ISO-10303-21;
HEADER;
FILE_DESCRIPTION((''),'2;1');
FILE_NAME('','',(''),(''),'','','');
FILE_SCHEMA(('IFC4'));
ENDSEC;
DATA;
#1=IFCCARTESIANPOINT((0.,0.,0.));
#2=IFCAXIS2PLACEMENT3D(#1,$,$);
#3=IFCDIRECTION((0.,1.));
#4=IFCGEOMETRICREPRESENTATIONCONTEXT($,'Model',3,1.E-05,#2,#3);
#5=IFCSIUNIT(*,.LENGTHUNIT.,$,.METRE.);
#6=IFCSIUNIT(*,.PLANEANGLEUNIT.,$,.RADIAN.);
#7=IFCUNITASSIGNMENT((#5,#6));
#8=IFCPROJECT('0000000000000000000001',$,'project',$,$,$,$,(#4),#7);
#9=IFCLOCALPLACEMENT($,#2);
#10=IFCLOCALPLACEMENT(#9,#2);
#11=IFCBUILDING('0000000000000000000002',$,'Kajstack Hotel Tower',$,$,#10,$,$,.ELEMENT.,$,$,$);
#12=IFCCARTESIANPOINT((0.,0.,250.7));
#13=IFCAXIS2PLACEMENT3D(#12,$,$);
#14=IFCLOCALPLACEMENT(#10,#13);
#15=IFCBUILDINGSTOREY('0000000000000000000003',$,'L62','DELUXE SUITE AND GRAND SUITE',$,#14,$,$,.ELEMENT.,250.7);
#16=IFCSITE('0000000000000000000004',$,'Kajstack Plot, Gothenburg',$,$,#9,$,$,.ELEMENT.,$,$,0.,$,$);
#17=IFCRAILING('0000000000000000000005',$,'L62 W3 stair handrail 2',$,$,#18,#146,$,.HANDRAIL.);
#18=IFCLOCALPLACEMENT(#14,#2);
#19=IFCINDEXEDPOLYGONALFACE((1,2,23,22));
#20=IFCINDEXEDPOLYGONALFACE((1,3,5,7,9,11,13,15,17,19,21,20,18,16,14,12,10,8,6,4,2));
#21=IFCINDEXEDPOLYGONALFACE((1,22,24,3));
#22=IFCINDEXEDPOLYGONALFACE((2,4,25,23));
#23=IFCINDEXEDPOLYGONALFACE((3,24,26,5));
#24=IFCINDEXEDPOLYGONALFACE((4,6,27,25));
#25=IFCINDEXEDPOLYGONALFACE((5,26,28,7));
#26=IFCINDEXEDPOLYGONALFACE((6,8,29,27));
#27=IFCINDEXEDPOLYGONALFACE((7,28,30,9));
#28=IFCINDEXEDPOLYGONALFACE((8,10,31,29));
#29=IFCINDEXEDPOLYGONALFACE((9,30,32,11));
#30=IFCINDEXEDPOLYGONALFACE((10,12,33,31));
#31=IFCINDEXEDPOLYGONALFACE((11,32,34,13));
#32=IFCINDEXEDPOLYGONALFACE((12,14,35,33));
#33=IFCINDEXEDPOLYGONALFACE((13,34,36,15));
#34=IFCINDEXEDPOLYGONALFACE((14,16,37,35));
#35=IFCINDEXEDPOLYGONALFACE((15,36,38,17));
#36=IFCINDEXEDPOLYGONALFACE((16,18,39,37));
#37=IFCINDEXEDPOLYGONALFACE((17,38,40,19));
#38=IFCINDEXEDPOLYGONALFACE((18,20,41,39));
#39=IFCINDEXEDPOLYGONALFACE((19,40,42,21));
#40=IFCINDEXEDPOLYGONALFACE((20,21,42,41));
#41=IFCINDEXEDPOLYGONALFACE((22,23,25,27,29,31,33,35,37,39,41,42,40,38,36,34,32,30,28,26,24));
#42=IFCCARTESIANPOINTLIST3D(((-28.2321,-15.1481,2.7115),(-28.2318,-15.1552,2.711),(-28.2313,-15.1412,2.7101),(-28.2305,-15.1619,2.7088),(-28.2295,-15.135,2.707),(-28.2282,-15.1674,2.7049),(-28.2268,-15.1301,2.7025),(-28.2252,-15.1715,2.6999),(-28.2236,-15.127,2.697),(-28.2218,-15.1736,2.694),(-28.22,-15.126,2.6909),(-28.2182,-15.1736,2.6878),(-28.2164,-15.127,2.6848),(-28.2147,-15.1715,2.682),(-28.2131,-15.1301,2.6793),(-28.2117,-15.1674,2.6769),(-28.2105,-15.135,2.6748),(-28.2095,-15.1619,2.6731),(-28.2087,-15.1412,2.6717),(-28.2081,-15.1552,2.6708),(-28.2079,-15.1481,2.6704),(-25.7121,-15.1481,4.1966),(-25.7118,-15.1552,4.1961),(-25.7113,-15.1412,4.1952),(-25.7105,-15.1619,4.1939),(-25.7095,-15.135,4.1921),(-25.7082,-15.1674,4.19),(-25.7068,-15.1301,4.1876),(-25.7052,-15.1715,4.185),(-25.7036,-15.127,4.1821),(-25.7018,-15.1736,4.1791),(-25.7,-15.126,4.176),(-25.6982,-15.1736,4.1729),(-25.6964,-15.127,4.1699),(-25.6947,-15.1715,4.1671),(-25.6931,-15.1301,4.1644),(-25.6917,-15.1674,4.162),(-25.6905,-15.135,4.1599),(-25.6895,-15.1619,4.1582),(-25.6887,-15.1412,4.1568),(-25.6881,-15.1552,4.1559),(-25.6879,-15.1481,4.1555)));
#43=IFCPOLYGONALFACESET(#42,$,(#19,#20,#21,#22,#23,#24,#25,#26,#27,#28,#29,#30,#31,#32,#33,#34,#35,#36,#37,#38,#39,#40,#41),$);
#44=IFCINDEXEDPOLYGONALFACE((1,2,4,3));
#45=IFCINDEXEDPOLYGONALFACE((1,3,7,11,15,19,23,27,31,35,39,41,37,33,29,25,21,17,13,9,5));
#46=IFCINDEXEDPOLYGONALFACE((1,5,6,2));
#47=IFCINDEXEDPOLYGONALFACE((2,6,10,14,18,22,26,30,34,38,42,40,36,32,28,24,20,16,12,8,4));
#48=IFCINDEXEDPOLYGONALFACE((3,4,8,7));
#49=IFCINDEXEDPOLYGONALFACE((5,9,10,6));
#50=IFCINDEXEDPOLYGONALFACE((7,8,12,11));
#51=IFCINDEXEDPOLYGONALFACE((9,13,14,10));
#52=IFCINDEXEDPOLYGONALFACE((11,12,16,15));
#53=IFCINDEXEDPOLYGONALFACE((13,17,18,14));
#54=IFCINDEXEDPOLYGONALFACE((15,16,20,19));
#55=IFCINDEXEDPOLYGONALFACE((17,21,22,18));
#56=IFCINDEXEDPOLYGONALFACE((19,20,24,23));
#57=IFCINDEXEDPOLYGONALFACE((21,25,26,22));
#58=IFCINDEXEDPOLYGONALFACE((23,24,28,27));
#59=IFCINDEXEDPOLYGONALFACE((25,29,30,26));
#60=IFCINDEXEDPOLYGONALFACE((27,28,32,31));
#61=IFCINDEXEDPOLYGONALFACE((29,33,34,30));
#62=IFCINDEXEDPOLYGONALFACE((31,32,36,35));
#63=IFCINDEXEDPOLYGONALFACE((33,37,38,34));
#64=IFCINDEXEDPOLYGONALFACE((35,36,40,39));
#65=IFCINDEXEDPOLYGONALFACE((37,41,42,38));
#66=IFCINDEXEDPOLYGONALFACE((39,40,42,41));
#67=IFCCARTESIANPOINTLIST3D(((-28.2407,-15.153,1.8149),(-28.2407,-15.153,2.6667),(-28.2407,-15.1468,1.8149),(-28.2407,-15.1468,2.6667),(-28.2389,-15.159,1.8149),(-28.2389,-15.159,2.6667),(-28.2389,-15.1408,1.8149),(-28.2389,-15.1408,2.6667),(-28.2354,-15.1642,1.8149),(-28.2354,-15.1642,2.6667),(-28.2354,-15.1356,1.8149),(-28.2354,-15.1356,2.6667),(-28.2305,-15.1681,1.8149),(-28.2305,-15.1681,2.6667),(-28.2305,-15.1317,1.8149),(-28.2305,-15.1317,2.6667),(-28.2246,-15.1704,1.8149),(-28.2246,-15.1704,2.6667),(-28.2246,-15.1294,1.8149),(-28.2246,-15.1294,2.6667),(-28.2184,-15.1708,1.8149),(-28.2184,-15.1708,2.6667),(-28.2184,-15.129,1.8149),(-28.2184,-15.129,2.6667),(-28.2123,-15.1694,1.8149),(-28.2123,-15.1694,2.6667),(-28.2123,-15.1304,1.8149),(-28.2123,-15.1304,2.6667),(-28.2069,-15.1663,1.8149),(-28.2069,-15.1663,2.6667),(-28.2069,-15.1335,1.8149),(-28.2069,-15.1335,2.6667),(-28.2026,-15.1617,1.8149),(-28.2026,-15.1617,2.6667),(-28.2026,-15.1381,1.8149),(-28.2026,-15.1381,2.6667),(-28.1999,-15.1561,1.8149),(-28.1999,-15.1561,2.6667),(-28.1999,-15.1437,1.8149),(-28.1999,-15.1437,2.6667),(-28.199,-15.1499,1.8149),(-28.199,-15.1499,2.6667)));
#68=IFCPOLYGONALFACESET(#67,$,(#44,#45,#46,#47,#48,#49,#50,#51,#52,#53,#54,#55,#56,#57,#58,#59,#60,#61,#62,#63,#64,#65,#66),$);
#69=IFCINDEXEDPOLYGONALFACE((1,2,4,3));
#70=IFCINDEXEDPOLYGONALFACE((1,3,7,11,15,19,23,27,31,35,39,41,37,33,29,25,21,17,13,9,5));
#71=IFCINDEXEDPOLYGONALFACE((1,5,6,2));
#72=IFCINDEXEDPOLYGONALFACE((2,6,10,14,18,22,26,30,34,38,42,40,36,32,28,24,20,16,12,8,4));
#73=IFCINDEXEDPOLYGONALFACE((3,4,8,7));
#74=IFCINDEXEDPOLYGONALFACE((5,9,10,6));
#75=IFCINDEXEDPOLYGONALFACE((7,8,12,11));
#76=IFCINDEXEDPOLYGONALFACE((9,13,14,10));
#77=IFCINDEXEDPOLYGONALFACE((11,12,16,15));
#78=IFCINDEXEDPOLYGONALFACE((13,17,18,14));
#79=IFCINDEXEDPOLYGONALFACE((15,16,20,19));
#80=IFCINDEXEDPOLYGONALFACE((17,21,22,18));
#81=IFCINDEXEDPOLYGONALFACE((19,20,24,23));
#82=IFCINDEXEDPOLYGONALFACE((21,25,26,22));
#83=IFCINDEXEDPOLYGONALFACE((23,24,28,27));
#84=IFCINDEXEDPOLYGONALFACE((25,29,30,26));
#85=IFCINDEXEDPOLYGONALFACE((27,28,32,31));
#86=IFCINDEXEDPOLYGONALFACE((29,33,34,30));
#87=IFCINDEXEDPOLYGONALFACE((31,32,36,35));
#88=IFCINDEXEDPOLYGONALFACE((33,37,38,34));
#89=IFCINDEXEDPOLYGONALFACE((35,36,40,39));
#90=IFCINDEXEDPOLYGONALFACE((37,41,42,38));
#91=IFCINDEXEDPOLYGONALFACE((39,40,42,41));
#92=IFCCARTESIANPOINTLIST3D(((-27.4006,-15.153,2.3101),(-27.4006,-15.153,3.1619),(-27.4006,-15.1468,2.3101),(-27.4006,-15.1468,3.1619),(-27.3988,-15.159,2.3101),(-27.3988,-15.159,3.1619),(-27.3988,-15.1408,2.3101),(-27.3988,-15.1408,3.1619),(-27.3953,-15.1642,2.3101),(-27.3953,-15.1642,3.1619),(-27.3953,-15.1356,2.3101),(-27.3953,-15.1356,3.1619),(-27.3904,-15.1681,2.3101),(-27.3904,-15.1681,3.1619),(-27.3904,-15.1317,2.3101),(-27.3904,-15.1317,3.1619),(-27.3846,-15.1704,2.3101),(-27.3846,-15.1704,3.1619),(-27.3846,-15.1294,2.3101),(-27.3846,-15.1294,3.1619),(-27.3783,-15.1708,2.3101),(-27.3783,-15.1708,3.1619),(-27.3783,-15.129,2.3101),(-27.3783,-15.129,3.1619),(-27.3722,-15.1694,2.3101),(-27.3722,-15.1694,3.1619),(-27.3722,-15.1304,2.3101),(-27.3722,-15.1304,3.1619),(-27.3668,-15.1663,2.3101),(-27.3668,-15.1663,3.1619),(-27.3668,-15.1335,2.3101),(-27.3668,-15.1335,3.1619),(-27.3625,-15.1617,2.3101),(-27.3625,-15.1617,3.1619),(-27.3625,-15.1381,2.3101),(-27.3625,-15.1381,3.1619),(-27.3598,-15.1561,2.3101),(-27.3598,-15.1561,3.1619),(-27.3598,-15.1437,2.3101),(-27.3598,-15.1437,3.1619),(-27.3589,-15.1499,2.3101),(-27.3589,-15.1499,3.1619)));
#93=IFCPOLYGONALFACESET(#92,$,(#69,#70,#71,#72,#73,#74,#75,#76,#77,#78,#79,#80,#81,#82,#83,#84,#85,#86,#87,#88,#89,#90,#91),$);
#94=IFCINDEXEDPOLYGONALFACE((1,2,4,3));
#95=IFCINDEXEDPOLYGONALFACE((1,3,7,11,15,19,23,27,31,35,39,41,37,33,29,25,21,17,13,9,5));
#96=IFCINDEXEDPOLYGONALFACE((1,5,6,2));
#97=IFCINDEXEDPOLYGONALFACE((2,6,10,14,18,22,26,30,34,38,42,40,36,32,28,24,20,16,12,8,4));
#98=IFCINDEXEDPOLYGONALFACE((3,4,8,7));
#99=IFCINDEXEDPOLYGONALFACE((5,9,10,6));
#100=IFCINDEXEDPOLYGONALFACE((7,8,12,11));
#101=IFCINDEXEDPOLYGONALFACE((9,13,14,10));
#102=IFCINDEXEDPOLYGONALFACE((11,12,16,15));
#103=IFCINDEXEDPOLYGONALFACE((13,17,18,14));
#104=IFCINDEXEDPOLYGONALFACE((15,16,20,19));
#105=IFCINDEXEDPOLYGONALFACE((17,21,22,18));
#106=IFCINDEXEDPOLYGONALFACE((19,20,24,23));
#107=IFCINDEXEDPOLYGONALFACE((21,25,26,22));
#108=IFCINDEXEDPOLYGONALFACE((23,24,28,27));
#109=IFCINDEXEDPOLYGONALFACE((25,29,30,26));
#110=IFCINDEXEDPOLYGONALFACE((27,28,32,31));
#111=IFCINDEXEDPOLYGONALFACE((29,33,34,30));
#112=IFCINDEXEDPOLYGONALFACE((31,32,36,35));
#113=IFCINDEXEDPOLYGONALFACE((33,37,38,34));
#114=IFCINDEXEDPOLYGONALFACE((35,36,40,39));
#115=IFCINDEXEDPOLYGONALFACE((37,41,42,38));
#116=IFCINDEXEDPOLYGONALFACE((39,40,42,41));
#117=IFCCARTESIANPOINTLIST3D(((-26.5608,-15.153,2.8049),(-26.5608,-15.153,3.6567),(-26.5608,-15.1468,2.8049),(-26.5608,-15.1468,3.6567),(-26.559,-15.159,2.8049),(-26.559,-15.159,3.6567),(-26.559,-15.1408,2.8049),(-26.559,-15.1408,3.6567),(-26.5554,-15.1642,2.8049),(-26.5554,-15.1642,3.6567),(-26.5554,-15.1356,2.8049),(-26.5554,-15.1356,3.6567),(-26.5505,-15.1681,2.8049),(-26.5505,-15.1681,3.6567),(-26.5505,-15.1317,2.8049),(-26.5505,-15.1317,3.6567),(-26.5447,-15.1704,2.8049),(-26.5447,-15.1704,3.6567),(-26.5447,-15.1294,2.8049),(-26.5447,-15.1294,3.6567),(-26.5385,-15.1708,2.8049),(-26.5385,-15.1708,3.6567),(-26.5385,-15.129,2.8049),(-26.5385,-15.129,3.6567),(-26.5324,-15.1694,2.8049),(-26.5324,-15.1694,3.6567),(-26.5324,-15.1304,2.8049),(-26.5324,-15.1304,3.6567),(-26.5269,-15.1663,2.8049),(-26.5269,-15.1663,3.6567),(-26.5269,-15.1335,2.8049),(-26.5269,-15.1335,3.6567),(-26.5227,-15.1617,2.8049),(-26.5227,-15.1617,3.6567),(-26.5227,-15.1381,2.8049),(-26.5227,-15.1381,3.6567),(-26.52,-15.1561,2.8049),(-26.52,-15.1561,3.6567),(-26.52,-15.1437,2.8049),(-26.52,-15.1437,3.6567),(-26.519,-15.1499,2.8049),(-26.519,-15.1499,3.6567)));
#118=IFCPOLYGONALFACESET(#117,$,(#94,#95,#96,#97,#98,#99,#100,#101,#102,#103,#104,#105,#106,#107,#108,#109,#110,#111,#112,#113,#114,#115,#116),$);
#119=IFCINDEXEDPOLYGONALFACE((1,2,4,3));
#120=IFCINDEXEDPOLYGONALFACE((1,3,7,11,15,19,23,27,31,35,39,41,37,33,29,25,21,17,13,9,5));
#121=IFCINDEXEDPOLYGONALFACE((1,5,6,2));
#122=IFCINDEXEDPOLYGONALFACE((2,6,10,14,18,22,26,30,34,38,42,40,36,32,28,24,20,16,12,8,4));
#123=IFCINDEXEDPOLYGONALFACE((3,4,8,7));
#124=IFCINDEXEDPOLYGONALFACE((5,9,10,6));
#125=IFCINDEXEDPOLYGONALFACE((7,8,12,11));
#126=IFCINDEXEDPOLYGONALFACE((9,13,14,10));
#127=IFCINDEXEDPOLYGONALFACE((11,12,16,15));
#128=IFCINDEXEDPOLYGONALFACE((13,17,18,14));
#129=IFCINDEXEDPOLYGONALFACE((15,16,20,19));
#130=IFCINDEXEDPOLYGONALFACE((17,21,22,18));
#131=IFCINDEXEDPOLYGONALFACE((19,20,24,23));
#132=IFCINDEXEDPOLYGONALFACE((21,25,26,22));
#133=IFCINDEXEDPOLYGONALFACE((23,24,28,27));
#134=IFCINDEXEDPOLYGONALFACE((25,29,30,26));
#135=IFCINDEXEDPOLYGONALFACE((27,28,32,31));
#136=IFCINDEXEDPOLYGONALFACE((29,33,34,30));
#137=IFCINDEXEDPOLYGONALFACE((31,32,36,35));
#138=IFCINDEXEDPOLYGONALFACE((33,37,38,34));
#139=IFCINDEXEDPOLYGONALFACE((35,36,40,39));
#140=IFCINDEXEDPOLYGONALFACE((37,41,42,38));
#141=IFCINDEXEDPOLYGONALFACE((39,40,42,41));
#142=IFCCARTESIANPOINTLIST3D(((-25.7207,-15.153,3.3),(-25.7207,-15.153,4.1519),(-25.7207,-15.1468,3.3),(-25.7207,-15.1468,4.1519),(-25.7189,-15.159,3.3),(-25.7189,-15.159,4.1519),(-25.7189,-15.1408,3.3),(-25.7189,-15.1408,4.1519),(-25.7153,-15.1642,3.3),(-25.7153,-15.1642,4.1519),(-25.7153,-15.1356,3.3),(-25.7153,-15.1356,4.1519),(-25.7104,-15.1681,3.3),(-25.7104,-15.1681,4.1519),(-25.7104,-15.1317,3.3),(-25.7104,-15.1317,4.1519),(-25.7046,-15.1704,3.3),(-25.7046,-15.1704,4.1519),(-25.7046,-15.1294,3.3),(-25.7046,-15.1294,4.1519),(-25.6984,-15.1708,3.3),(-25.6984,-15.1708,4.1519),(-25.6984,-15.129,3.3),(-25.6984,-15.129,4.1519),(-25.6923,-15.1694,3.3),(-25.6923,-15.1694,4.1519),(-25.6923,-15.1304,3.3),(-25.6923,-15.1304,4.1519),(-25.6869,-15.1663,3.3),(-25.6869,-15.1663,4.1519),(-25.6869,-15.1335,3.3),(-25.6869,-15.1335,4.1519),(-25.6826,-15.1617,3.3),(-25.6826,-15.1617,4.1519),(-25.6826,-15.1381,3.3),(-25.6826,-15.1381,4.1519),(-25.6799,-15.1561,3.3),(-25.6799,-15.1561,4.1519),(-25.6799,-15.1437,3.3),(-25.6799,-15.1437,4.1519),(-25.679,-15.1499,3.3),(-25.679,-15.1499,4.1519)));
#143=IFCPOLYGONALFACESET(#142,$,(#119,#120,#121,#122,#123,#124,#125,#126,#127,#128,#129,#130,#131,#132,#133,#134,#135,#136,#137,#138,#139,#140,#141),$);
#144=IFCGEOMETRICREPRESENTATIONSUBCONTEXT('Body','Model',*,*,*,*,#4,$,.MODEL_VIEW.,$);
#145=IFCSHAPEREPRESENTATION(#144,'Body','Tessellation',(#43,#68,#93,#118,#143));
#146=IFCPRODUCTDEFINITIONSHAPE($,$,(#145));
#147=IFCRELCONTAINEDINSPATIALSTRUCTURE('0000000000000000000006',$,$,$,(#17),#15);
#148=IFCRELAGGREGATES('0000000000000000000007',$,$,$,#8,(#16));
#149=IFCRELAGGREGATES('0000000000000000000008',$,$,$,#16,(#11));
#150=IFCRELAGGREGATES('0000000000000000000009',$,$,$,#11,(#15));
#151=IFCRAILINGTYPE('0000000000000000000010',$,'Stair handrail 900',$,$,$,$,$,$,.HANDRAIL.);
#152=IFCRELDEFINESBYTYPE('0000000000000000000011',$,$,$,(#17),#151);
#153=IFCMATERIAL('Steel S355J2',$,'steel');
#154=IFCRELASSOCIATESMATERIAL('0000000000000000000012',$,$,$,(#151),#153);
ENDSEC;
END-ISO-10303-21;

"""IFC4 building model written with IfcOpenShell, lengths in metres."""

from ifc_helpers import new_model, si_unit, direction, frame, origin, origin_2d, place, context, subcontext, project, spatial, circle, extrude, material, type_object, element, save


model = new_model("IFC4")

# Units and contexts
model_context = context("Model", 3, precision=1e-05, world=origin(), true_north=direction((0.0, 1.0)))
body_context = subcontext(model_context, "Body", "Model", "MODEL_VIEW")
ifc_project = project(units=[si_unit("LENGTHUNIT", "METRE"), si_unit("PLANEANGLEUNIT", "RADIAN")], contexts=[model_context])

# Site, building, storey
site_placement = place(None, origin())
site = spatial("IfcSite", under=ifc_project, at=site_placement, Name="Kajstack Plot, Gothenburg", CompositionType="ELEMENT", RefElevation=0.0)
building_placement = place(site_placement, origin())
building = spatial("IfcBuilding", under=site, at=building_placement, Name="Kajstack Hotel Tower", CompositionType="ELEMENT")
storey_placement = place(building_placement, frame((0.0, 0.0, 250.7)))
storey = spatial("IfcBuildingStorey", under=building, at=storey_placement, Name="L62", Description="DELUXE SUITE AND GRAND SUITE", CompositionType="ELEMENT", Elevation=250.7)

# Railing
ifc_material_1 = material(Name="Steel S355J2", Category="steel")
railing_type_1 = type_object("IfcRailingType", Name="Stair handrail 900", PredefinedType="HANDRAIL", material=ifc_material_1)
railing_1_placement = place(storey_placement, frame((-28.22, -15.1499, 1.8149)))
element("IfcRailing", 1, at=railing_1_placement, inside=storey, type_object=railing_type_1, Name="L62 W3 stair handrail 2", PredefinedType="HANDRAIL", context=body_context, shape_type="SweptSolid", body=[
    extrude(circle(Radius=0.0239, at=origin_2d()), frame((0.0, 0.0, 0.876), z_axis=(0.861524, 0.0, 0.507717), x_axis=(0.0, 1.0, 0.0)), (0.0, 0.0, 1.0), 2.925),
    extrude(circle(Radius=0.021, at=origin_2d()), origin(), (0.0, 0.0, 1.0), 0.8518),
    extrude(circle(Radius=0.021, at=origin_2d()), frame((0.8401, 0.0, 0.4951)), (0.0, 0.0, 1.0), 0.8518),
    extrude(circle(Radius=0.021, at=origin_2d()), frame((1.6799, 0.0, 0.99)), (0.0, 0.0, 1.0), 0.8518),
    extrude(circle(Radius=0.021, at=origin_2d()), frame((2.52, 0.0, 1.4851)), (0.0, 0.0, 1.0), 0.8518),
])

save(model, "model.ifc")
